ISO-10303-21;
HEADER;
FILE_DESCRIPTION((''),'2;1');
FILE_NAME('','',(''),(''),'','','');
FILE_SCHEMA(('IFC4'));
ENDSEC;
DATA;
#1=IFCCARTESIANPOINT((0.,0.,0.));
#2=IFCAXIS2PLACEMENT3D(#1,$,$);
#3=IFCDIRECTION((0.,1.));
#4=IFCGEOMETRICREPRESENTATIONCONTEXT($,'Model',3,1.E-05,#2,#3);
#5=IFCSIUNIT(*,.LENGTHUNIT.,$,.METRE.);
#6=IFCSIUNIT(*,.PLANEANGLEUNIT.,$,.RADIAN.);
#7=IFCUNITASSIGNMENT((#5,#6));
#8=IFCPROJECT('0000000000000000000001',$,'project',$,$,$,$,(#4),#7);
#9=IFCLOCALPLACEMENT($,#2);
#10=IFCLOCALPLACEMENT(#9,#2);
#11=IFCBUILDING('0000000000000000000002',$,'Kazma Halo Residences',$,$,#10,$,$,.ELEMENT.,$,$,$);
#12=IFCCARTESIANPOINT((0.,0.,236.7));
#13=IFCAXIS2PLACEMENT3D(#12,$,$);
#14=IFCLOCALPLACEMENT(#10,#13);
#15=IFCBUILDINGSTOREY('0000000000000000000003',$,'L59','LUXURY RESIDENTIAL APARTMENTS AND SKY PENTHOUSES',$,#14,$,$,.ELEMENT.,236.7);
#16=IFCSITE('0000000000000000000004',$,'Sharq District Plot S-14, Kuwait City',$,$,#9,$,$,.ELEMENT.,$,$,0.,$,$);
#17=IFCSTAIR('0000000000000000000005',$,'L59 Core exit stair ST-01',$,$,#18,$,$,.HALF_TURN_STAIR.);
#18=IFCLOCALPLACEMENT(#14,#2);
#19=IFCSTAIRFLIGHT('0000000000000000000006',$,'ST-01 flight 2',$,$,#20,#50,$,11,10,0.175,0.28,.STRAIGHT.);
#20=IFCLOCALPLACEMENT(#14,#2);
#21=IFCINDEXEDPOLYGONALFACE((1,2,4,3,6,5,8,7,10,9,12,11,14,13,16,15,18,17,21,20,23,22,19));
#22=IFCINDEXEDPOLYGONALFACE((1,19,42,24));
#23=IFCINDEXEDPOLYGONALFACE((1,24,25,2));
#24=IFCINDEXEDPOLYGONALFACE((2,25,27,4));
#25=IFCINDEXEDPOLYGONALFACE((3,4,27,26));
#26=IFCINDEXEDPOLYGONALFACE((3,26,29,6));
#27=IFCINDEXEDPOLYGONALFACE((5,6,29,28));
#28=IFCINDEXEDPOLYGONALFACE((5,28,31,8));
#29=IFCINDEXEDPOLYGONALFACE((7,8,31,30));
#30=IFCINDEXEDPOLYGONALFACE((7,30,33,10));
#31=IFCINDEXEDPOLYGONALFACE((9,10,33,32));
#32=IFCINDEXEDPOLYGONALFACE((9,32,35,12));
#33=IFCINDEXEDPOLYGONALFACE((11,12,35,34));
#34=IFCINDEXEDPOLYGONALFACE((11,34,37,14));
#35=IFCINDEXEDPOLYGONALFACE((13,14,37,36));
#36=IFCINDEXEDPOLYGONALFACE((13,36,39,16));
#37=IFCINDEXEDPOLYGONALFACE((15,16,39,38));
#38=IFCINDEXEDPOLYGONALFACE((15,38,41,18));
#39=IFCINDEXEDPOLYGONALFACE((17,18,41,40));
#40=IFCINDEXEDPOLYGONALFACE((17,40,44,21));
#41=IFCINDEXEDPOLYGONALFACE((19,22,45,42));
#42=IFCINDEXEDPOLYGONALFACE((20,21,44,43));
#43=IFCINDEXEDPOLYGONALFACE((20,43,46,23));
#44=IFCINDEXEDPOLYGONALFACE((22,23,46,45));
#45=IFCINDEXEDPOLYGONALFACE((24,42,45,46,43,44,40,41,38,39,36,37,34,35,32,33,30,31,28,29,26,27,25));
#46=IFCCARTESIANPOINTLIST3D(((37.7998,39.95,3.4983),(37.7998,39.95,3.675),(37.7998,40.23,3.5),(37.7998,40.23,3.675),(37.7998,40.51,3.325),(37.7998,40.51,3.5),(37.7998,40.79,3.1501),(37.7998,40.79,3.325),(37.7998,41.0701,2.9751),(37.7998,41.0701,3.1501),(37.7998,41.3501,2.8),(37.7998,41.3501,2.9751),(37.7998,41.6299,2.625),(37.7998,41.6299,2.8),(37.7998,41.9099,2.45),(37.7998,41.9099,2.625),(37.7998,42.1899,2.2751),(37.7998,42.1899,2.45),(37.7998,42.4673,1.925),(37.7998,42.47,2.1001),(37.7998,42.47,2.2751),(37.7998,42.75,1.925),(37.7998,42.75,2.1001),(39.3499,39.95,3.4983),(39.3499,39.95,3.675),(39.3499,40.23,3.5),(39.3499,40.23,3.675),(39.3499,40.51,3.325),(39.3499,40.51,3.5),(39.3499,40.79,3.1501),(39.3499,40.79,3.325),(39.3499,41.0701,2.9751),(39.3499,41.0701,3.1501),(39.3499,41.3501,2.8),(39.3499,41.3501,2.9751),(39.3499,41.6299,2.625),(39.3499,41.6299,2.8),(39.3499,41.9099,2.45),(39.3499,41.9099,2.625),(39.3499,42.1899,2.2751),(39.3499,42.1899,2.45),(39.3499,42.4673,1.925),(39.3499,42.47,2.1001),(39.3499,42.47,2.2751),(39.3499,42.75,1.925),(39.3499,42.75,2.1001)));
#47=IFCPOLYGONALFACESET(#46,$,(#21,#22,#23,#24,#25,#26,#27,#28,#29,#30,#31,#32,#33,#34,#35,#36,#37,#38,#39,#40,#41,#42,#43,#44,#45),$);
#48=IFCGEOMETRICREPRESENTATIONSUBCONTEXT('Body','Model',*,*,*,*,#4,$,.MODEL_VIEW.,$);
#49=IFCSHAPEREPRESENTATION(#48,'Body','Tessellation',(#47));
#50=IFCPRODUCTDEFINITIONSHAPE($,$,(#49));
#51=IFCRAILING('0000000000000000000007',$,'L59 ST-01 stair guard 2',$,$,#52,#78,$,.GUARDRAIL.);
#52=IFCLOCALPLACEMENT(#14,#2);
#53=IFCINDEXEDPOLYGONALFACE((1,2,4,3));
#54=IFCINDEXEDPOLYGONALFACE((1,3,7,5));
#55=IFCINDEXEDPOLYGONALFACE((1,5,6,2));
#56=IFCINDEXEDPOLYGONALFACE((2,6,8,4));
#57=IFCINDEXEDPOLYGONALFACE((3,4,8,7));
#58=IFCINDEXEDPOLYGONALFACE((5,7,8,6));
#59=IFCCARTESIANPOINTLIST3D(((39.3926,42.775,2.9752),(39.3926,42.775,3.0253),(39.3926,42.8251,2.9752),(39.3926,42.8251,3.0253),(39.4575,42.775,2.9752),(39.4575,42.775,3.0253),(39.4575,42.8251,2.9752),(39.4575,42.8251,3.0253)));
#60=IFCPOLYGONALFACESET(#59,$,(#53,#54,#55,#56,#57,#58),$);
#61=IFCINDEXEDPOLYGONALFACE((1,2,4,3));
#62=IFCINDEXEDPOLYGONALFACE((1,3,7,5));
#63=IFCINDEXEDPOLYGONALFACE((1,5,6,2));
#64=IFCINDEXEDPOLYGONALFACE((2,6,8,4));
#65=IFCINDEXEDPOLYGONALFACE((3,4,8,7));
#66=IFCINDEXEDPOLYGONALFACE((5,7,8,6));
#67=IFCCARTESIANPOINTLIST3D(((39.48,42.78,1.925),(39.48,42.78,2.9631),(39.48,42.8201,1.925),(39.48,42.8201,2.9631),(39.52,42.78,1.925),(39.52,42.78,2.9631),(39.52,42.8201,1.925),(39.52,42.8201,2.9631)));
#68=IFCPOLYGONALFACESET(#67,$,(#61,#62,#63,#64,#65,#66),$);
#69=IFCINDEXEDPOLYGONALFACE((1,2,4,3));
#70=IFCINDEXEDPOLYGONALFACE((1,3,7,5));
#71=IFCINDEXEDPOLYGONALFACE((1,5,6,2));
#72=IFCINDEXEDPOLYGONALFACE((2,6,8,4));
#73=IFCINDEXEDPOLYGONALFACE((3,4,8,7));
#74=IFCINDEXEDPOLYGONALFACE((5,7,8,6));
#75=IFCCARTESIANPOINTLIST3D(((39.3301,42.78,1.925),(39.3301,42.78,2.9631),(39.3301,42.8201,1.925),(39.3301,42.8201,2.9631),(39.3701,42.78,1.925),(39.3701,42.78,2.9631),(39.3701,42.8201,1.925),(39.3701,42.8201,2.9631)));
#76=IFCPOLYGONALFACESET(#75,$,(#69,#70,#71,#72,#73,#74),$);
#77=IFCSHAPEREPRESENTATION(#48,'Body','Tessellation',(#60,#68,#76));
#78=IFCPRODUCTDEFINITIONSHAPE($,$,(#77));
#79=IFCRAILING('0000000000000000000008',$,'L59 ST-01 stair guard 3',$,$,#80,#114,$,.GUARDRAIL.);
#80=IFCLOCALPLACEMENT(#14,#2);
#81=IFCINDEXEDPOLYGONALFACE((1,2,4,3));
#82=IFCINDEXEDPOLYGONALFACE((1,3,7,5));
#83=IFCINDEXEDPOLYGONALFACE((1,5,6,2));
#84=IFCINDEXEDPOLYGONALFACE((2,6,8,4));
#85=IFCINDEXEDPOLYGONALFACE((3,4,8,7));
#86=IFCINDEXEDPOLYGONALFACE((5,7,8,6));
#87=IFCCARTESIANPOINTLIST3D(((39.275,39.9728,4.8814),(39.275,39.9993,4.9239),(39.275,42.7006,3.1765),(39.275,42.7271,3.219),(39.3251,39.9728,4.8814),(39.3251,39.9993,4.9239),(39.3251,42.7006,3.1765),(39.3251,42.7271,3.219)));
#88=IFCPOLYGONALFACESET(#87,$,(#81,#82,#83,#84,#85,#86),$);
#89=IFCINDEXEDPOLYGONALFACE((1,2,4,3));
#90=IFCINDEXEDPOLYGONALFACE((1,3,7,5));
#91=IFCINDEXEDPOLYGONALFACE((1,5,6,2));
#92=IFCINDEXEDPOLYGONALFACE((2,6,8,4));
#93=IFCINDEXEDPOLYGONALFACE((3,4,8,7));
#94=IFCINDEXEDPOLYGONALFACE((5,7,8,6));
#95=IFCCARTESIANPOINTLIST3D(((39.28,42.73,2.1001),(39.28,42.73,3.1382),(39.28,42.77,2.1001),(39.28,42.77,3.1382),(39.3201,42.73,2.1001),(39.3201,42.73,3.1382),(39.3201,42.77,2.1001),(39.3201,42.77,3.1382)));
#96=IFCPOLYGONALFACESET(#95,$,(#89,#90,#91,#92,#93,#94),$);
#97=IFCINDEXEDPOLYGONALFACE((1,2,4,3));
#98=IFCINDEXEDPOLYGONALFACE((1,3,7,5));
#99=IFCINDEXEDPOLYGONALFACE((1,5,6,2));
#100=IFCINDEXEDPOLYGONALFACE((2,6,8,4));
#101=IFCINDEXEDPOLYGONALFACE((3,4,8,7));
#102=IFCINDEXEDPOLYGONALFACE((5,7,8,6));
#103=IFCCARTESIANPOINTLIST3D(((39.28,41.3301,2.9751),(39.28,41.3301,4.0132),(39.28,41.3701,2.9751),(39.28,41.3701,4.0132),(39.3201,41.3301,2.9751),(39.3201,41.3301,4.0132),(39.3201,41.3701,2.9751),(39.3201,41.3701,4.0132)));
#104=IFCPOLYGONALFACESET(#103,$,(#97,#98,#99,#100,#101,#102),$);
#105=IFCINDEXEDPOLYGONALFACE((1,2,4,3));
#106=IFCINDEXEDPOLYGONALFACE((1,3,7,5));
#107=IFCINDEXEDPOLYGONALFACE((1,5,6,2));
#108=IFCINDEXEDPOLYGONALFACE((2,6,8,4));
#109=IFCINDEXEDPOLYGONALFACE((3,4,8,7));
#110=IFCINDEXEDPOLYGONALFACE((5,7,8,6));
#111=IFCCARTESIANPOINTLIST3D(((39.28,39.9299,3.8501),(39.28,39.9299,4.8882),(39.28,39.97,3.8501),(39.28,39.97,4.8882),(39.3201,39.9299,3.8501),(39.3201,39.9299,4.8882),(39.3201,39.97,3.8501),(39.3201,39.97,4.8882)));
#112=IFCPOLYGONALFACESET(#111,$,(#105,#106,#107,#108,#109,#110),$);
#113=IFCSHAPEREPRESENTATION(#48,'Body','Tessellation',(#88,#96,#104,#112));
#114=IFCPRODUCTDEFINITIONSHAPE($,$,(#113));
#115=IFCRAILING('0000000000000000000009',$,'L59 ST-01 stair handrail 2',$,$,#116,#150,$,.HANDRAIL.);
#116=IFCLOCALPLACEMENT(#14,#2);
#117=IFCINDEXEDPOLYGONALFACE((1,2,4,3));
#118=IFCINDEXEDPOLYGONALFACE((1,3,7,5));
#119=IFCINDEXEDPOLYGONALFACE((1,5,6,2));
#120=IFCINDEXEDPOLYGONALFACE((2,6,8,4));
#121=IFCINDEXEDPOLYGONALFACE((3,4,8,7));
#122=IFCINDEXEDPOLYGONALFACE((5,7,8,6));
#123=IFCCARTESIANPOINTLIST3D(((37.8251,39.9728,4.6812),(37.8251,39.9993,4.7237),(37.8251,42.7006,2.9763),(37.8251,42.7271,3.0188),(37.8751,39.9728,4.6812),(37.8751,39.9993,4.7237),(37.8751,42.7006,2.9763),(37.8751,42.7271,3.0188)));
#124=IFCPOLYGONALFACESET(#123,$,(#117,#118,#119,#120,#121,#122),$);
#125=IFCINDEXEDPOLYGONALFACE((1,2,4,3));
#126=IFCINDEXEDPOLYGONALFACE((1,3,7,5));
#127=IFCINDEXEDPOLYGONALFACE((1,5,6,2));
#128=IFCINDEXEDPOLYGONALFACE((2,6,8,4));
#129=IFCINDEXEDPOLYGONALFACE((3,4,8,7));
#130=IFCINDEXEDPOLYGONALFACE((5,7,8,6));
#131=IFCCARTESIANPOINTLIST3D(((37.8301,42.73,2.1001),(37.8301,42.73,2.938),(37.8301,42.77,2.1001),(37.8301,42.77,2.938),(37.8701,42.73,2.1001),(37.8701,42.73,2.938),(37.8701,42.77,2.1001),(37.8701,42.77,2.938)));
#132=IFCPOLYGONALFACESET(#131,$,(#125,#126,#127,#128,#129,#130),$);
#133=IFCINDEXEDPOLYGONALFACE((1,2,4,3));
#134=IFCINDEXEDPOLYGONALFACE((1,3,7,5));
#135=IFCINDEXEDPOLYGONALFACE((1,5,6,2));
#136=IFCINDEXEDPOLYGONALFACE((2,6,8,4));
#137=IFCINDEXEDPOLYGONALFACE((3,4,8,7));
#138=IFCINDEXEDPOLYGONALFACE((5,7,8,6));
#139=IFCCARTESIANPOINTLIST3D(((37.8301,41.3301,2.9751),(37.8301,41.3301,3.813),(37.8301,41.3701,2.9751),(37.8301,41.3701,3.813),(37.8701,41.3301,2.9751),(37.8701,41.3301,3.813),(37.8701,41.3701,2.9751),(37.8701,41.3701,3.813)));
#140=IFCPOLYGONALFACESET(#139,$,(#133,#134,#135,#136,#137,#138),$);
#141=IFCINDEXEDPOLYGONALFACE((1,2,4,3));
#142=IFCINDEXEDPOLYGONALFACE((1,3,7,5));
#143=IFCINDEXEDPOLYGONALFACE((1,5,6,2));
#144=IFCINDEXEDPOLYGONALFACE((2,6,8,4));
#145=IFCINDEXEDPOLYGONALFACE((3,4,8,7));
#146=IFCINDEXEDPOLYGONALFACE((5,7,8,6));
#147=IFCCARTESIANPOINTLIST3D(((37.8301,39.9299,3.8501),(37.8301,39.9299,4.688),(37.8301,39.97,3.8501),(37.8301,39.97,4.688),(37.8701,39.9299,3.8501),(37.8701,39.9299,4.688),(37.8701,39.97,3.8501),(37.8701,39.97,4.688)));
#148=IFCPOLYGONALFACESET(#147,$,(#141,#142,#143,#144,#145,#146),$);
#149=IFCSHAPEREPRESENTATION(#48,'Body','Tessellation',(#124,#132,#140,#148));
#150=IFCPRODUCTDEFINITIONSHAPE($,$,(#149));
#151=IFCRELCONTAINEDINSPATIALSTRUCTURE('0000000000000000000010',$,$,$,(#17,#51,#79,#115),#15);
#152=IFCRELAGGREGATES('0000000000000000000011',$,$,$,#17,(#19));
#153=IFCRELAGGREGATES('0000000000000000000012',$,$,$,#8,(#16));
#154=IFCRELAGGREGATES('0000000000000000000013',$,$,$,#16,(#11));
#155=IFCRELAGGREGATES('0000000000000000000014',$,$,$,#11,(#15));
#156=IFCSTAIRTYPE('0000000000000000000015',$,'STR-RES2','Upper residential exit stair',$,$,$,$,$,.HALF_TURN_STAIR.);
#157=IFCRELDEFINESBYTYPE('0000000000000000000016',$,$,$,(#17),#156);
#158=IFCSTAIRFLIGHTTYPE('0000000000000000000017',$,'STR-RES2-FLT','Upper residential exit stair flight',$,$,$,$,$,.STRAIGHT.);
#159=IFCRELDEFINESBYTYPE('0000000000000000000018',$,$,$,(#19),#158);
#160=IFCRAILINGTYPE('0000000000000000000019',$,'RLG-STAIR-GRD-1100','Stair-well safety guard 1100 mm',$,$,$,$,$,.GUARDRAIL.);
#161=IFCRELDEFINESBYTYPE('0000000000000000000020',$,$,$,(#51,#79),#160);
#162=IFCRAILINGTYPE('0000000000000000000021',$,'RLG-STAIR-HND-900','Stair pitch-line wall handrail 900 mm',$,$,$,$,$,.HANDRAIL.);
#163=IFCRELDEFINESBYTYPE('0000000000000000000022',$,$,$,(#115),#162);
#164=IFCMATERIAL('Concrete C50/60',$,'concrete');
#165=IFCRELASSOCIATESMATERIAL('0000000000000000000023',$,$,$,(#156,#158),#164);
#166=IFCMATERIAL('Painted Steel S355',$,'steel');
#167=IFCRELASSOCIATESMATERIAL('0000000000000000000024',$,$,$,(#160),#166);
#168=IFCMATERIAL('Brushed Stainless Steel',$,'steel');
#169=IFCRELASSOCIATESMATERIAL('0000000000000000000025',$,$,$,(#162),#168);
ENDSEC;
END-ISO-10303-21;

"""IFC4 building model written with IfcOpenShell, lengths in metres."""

from ifc_helpers import new_model, si_unit, direction, frame, origin, origin_2d, place, context, subcontext, project, spatial, polyline, rectangle, outline, extrude, material, type_object, element, aggregate, save


model = new_model("IFC4")

# Units and contexts
model_context = context("Model", 3, precision=1e-05, world=origin(), true_north=direction((0.0, 1.0)))
body_context = subcontext(model_context, "Body", "Model", "MODEL_VIEW")
ifc_project = project(units=[si_unit("LENGTHUNIT", "METRE"), si_unit("PLANEANGLEUNIT", "RADIAN")], contexts=[model_context])

# Site, building, storey
site_placement = place(None, origin())
site = spatial("IfcSite", under=ifc_project, at=site_placement, Name="Sharq District Plot S-14, Kuwait City", CompositionType="ELEMENT", RefElevation=0.0)
building_placement = place(site_placement, origin())
building = spatial("IfcBuilding", under=site, at=building_placement, Name="Kazma Halo Residences", CompositionType="ELEMENT")
storey_placement = place(building_placement, frame((0.0, 0.0, 236.7)))
storey = spatial("IfcBuildingStorey", under=building, at=storey_placement, Name="L59", Description="LUXURY RESIDENTIAL APARTMENTS AND SKY PENTHOUSES", CompositionType="ELEMENT", Elevation=236.7)

# Stair, stair flight
ifc_material_1 = material(Name="Concrete C50/60", Category="concrete")
stair_type = type_object("IfcStairType", Name="STR-RES2", Description="Upper residential exit stair", PredefinedType="HALF_TURN_STAIR", material=ifc_material_1)
stair_placement = place(storey_placement, origin())
stair = element("IfcStair", 1, at=stair_placement, inside=storey, type_object=stair_type, Name="L59 Core exit stair ST-01", PredefinedType="HALF_TURN_STAIR")
stair_flight_type = type_object("IfcStairFlightType", Name="STR-RES2-FLT", Description="Upper residential exit stair flight", PredefinedType="STRAIGHT", material=ifc_material_1)
stair_flight_placement = place(storey_placement, frame((38.575, 42.75, 1.925), z_axis=(0.0, 0.0, 1.0), x_axis=(0.0, -1.0, 0.0)))
stair_flight = element("IfcStairFlight", 2, at=stair_flight_placement, type_object=stair_flight_type, Name="ST-01 flight 2", NumberOfRisers=11, NumberOfTreads=10, PredefinedType="STRAIGHT", RiserHeight=0.175, TreadLength=0.28, context=body_context, shape_type="SweptSolid", body=[
    extrude(outline(polyline([(0.0, 0.0), (0.0, 0.175), (0.28, 0.175), (0.28, 0.3501), (0.5601, 0.3501), (0.5601, 0.5249), (0.8401, 0.5249), (0.8401, 0.7), (1.1201, 0.7), (1.1201, 0.875), (1.3999, 0.875), (1.3999, 1.05), (1.6799, 1.05), (1.6799, 1.2251), (1.96, 1.2251), (1.96, 1.3999), (2.24, 1.3999), (2.24, 1.575), (2.52, 1.575), (2.52, 1.75), (2.8, 1.75), (2.8, 1.925), (2.8, 1.5732), (0.2827, 0.0), (0.0, 0.0)])), frame((0.0, 0.7749, 0.0), z_axis=(0.0, -1.0, 0.0), x_axis=(1.0, 0.0, 0.0)), (0.0, 0.0, 1.0), 1.55),
])
aggregate(stair, [stair_flight])

# Railings
ifc_material_2 = material(Name="Painted Steel S355", Category="steel")
railing_type_1 = type_object("IfcRailingType", Name="RLG-STAIR-GRD-1100", Description="Stair-well safety guard 1100 mm", PredefinedType="GUARDRAIL", material=ifc_material_2)
railing_1_placement = place(storey_placement, frame((39.5, 42.8, 1.925)))
element("IfcRailing", 3, at=railing_1_placement, inside=storey, type_object=railing_type_1, Name="L59 ST-01 stair guard 2", PredefinedType="GUARDRAIL", context=body_context, shape_type="SweptSolid", body=[
    extrude(rectangle(XDim=0.05, YDim=0.05, at=origin_2d()), frame((-0.0425, 0.0, 1.0752), z_axis=(-1.0, 0.0, 0.0), x_axis=(0.0, -1.0, 0.0)), (0.0, 0.0, 1.0), 0.0649),
    extrude(rectangle(XDim=0.04, YDim=0.04, at=origin_2d()), origin(), (0.0, 0.0, 1.0), 1.0381),
    extrude(rectangle(XDim=0.04, YDim=0.04, at=origin_2d()), frame((-0.1499, 0.0, 0.0)), (0.0, 0.0, 1.0), 1.0381),
])
railing_2_placement = place(storey_placement, frame((39.3, 42.75, 2.1001)))
element("IfcRailing", 4, at=railing_2_placement, inside=storey, type_object=railing_type_1, Name="L59 ST-01 stair guard 3", PredefinedType="GUARDRAIL", context=body_context, shape_type="SweptSolid", body=[
    extrude(rectangle(XDim=0.05, YDim=0.05, at=origin_2d()), frame((0.0, -0.0361, 1.0977), z_axis=(0.0, -0.848002, 0.529992), x_axis=(1.0, 0.0, 0.0)), (0.0, 0.0, 1.0), 3.2168),
    extrude(rectangle(XDim=0.04, YDim=0.04, at=origin_2d()), origin(), (0.0, 0.0, 1.0), 1.0381),
    extrude(rectangle(XDim=0.04, YDim=0.04, at=origin_2d()), frame((0.0, -1.3999, 0.875)), (0.0, 0.0, 1.0), 1.0381),
    extrude(rectangle(XDim=0.04, YDim=0.04, at=origin_2d()), frame((0.0, -2.8, 1.75)), (0.0, 0.0, 1.0), 1.0381),
])
ifc_material_3 = material(Name="Brushed Stainless Steel", Category="steel")
railing_type_2 = type_object("IfcRailingType", Name="RLG-STAIR-HND-900", Description="Stair pitch-line wall handrail 900 mm", PredefinedType="HANDRAIL", material=ifc_material_3)
railing_3_placement = place(storey_placement, frame((37.8501, 42.75, 2.1001)))
element("IfcRailing", 5, at=railing_3_placement, inside=storey, type_object=railing_type_2, Name="L59 ST-01 stair handrail 2", PredefinedType="HANDRAIL", context=body_context, shape_type="SweptSolid", body=[
    extrude(rectangle(XDim=0.05, YDim=0.05, at=origin_2d()), frame((0.0, -0.0361, 0.8975), z_axis=(0.0, -0.848002, 0.529992), x_axis=(1.0, 0.0, 0.0)), (0.0, 0.0, 1.0), 3.2168),
    extrude(rectangle(XDim=0.04, YDim=0.04, at=origin_2d()), origin(), (0.0, 0.0, 1.0), 0.8379),
    extrude(rectangle(XDim=0.04, YDim=0.04, at=origin_2d()), frame((0.0, -1.3999, 0.875)), (0.0, 0.0, 1.0), 0.8379),
    extrude(rectangle(XDim=0.04, YDim=0.04, at=origin_2d()), frame((0.0, -2.8, 1.75)), (0.0, 0.0, 1.0), 0.8379),
])

save(model, "model.ifc")
